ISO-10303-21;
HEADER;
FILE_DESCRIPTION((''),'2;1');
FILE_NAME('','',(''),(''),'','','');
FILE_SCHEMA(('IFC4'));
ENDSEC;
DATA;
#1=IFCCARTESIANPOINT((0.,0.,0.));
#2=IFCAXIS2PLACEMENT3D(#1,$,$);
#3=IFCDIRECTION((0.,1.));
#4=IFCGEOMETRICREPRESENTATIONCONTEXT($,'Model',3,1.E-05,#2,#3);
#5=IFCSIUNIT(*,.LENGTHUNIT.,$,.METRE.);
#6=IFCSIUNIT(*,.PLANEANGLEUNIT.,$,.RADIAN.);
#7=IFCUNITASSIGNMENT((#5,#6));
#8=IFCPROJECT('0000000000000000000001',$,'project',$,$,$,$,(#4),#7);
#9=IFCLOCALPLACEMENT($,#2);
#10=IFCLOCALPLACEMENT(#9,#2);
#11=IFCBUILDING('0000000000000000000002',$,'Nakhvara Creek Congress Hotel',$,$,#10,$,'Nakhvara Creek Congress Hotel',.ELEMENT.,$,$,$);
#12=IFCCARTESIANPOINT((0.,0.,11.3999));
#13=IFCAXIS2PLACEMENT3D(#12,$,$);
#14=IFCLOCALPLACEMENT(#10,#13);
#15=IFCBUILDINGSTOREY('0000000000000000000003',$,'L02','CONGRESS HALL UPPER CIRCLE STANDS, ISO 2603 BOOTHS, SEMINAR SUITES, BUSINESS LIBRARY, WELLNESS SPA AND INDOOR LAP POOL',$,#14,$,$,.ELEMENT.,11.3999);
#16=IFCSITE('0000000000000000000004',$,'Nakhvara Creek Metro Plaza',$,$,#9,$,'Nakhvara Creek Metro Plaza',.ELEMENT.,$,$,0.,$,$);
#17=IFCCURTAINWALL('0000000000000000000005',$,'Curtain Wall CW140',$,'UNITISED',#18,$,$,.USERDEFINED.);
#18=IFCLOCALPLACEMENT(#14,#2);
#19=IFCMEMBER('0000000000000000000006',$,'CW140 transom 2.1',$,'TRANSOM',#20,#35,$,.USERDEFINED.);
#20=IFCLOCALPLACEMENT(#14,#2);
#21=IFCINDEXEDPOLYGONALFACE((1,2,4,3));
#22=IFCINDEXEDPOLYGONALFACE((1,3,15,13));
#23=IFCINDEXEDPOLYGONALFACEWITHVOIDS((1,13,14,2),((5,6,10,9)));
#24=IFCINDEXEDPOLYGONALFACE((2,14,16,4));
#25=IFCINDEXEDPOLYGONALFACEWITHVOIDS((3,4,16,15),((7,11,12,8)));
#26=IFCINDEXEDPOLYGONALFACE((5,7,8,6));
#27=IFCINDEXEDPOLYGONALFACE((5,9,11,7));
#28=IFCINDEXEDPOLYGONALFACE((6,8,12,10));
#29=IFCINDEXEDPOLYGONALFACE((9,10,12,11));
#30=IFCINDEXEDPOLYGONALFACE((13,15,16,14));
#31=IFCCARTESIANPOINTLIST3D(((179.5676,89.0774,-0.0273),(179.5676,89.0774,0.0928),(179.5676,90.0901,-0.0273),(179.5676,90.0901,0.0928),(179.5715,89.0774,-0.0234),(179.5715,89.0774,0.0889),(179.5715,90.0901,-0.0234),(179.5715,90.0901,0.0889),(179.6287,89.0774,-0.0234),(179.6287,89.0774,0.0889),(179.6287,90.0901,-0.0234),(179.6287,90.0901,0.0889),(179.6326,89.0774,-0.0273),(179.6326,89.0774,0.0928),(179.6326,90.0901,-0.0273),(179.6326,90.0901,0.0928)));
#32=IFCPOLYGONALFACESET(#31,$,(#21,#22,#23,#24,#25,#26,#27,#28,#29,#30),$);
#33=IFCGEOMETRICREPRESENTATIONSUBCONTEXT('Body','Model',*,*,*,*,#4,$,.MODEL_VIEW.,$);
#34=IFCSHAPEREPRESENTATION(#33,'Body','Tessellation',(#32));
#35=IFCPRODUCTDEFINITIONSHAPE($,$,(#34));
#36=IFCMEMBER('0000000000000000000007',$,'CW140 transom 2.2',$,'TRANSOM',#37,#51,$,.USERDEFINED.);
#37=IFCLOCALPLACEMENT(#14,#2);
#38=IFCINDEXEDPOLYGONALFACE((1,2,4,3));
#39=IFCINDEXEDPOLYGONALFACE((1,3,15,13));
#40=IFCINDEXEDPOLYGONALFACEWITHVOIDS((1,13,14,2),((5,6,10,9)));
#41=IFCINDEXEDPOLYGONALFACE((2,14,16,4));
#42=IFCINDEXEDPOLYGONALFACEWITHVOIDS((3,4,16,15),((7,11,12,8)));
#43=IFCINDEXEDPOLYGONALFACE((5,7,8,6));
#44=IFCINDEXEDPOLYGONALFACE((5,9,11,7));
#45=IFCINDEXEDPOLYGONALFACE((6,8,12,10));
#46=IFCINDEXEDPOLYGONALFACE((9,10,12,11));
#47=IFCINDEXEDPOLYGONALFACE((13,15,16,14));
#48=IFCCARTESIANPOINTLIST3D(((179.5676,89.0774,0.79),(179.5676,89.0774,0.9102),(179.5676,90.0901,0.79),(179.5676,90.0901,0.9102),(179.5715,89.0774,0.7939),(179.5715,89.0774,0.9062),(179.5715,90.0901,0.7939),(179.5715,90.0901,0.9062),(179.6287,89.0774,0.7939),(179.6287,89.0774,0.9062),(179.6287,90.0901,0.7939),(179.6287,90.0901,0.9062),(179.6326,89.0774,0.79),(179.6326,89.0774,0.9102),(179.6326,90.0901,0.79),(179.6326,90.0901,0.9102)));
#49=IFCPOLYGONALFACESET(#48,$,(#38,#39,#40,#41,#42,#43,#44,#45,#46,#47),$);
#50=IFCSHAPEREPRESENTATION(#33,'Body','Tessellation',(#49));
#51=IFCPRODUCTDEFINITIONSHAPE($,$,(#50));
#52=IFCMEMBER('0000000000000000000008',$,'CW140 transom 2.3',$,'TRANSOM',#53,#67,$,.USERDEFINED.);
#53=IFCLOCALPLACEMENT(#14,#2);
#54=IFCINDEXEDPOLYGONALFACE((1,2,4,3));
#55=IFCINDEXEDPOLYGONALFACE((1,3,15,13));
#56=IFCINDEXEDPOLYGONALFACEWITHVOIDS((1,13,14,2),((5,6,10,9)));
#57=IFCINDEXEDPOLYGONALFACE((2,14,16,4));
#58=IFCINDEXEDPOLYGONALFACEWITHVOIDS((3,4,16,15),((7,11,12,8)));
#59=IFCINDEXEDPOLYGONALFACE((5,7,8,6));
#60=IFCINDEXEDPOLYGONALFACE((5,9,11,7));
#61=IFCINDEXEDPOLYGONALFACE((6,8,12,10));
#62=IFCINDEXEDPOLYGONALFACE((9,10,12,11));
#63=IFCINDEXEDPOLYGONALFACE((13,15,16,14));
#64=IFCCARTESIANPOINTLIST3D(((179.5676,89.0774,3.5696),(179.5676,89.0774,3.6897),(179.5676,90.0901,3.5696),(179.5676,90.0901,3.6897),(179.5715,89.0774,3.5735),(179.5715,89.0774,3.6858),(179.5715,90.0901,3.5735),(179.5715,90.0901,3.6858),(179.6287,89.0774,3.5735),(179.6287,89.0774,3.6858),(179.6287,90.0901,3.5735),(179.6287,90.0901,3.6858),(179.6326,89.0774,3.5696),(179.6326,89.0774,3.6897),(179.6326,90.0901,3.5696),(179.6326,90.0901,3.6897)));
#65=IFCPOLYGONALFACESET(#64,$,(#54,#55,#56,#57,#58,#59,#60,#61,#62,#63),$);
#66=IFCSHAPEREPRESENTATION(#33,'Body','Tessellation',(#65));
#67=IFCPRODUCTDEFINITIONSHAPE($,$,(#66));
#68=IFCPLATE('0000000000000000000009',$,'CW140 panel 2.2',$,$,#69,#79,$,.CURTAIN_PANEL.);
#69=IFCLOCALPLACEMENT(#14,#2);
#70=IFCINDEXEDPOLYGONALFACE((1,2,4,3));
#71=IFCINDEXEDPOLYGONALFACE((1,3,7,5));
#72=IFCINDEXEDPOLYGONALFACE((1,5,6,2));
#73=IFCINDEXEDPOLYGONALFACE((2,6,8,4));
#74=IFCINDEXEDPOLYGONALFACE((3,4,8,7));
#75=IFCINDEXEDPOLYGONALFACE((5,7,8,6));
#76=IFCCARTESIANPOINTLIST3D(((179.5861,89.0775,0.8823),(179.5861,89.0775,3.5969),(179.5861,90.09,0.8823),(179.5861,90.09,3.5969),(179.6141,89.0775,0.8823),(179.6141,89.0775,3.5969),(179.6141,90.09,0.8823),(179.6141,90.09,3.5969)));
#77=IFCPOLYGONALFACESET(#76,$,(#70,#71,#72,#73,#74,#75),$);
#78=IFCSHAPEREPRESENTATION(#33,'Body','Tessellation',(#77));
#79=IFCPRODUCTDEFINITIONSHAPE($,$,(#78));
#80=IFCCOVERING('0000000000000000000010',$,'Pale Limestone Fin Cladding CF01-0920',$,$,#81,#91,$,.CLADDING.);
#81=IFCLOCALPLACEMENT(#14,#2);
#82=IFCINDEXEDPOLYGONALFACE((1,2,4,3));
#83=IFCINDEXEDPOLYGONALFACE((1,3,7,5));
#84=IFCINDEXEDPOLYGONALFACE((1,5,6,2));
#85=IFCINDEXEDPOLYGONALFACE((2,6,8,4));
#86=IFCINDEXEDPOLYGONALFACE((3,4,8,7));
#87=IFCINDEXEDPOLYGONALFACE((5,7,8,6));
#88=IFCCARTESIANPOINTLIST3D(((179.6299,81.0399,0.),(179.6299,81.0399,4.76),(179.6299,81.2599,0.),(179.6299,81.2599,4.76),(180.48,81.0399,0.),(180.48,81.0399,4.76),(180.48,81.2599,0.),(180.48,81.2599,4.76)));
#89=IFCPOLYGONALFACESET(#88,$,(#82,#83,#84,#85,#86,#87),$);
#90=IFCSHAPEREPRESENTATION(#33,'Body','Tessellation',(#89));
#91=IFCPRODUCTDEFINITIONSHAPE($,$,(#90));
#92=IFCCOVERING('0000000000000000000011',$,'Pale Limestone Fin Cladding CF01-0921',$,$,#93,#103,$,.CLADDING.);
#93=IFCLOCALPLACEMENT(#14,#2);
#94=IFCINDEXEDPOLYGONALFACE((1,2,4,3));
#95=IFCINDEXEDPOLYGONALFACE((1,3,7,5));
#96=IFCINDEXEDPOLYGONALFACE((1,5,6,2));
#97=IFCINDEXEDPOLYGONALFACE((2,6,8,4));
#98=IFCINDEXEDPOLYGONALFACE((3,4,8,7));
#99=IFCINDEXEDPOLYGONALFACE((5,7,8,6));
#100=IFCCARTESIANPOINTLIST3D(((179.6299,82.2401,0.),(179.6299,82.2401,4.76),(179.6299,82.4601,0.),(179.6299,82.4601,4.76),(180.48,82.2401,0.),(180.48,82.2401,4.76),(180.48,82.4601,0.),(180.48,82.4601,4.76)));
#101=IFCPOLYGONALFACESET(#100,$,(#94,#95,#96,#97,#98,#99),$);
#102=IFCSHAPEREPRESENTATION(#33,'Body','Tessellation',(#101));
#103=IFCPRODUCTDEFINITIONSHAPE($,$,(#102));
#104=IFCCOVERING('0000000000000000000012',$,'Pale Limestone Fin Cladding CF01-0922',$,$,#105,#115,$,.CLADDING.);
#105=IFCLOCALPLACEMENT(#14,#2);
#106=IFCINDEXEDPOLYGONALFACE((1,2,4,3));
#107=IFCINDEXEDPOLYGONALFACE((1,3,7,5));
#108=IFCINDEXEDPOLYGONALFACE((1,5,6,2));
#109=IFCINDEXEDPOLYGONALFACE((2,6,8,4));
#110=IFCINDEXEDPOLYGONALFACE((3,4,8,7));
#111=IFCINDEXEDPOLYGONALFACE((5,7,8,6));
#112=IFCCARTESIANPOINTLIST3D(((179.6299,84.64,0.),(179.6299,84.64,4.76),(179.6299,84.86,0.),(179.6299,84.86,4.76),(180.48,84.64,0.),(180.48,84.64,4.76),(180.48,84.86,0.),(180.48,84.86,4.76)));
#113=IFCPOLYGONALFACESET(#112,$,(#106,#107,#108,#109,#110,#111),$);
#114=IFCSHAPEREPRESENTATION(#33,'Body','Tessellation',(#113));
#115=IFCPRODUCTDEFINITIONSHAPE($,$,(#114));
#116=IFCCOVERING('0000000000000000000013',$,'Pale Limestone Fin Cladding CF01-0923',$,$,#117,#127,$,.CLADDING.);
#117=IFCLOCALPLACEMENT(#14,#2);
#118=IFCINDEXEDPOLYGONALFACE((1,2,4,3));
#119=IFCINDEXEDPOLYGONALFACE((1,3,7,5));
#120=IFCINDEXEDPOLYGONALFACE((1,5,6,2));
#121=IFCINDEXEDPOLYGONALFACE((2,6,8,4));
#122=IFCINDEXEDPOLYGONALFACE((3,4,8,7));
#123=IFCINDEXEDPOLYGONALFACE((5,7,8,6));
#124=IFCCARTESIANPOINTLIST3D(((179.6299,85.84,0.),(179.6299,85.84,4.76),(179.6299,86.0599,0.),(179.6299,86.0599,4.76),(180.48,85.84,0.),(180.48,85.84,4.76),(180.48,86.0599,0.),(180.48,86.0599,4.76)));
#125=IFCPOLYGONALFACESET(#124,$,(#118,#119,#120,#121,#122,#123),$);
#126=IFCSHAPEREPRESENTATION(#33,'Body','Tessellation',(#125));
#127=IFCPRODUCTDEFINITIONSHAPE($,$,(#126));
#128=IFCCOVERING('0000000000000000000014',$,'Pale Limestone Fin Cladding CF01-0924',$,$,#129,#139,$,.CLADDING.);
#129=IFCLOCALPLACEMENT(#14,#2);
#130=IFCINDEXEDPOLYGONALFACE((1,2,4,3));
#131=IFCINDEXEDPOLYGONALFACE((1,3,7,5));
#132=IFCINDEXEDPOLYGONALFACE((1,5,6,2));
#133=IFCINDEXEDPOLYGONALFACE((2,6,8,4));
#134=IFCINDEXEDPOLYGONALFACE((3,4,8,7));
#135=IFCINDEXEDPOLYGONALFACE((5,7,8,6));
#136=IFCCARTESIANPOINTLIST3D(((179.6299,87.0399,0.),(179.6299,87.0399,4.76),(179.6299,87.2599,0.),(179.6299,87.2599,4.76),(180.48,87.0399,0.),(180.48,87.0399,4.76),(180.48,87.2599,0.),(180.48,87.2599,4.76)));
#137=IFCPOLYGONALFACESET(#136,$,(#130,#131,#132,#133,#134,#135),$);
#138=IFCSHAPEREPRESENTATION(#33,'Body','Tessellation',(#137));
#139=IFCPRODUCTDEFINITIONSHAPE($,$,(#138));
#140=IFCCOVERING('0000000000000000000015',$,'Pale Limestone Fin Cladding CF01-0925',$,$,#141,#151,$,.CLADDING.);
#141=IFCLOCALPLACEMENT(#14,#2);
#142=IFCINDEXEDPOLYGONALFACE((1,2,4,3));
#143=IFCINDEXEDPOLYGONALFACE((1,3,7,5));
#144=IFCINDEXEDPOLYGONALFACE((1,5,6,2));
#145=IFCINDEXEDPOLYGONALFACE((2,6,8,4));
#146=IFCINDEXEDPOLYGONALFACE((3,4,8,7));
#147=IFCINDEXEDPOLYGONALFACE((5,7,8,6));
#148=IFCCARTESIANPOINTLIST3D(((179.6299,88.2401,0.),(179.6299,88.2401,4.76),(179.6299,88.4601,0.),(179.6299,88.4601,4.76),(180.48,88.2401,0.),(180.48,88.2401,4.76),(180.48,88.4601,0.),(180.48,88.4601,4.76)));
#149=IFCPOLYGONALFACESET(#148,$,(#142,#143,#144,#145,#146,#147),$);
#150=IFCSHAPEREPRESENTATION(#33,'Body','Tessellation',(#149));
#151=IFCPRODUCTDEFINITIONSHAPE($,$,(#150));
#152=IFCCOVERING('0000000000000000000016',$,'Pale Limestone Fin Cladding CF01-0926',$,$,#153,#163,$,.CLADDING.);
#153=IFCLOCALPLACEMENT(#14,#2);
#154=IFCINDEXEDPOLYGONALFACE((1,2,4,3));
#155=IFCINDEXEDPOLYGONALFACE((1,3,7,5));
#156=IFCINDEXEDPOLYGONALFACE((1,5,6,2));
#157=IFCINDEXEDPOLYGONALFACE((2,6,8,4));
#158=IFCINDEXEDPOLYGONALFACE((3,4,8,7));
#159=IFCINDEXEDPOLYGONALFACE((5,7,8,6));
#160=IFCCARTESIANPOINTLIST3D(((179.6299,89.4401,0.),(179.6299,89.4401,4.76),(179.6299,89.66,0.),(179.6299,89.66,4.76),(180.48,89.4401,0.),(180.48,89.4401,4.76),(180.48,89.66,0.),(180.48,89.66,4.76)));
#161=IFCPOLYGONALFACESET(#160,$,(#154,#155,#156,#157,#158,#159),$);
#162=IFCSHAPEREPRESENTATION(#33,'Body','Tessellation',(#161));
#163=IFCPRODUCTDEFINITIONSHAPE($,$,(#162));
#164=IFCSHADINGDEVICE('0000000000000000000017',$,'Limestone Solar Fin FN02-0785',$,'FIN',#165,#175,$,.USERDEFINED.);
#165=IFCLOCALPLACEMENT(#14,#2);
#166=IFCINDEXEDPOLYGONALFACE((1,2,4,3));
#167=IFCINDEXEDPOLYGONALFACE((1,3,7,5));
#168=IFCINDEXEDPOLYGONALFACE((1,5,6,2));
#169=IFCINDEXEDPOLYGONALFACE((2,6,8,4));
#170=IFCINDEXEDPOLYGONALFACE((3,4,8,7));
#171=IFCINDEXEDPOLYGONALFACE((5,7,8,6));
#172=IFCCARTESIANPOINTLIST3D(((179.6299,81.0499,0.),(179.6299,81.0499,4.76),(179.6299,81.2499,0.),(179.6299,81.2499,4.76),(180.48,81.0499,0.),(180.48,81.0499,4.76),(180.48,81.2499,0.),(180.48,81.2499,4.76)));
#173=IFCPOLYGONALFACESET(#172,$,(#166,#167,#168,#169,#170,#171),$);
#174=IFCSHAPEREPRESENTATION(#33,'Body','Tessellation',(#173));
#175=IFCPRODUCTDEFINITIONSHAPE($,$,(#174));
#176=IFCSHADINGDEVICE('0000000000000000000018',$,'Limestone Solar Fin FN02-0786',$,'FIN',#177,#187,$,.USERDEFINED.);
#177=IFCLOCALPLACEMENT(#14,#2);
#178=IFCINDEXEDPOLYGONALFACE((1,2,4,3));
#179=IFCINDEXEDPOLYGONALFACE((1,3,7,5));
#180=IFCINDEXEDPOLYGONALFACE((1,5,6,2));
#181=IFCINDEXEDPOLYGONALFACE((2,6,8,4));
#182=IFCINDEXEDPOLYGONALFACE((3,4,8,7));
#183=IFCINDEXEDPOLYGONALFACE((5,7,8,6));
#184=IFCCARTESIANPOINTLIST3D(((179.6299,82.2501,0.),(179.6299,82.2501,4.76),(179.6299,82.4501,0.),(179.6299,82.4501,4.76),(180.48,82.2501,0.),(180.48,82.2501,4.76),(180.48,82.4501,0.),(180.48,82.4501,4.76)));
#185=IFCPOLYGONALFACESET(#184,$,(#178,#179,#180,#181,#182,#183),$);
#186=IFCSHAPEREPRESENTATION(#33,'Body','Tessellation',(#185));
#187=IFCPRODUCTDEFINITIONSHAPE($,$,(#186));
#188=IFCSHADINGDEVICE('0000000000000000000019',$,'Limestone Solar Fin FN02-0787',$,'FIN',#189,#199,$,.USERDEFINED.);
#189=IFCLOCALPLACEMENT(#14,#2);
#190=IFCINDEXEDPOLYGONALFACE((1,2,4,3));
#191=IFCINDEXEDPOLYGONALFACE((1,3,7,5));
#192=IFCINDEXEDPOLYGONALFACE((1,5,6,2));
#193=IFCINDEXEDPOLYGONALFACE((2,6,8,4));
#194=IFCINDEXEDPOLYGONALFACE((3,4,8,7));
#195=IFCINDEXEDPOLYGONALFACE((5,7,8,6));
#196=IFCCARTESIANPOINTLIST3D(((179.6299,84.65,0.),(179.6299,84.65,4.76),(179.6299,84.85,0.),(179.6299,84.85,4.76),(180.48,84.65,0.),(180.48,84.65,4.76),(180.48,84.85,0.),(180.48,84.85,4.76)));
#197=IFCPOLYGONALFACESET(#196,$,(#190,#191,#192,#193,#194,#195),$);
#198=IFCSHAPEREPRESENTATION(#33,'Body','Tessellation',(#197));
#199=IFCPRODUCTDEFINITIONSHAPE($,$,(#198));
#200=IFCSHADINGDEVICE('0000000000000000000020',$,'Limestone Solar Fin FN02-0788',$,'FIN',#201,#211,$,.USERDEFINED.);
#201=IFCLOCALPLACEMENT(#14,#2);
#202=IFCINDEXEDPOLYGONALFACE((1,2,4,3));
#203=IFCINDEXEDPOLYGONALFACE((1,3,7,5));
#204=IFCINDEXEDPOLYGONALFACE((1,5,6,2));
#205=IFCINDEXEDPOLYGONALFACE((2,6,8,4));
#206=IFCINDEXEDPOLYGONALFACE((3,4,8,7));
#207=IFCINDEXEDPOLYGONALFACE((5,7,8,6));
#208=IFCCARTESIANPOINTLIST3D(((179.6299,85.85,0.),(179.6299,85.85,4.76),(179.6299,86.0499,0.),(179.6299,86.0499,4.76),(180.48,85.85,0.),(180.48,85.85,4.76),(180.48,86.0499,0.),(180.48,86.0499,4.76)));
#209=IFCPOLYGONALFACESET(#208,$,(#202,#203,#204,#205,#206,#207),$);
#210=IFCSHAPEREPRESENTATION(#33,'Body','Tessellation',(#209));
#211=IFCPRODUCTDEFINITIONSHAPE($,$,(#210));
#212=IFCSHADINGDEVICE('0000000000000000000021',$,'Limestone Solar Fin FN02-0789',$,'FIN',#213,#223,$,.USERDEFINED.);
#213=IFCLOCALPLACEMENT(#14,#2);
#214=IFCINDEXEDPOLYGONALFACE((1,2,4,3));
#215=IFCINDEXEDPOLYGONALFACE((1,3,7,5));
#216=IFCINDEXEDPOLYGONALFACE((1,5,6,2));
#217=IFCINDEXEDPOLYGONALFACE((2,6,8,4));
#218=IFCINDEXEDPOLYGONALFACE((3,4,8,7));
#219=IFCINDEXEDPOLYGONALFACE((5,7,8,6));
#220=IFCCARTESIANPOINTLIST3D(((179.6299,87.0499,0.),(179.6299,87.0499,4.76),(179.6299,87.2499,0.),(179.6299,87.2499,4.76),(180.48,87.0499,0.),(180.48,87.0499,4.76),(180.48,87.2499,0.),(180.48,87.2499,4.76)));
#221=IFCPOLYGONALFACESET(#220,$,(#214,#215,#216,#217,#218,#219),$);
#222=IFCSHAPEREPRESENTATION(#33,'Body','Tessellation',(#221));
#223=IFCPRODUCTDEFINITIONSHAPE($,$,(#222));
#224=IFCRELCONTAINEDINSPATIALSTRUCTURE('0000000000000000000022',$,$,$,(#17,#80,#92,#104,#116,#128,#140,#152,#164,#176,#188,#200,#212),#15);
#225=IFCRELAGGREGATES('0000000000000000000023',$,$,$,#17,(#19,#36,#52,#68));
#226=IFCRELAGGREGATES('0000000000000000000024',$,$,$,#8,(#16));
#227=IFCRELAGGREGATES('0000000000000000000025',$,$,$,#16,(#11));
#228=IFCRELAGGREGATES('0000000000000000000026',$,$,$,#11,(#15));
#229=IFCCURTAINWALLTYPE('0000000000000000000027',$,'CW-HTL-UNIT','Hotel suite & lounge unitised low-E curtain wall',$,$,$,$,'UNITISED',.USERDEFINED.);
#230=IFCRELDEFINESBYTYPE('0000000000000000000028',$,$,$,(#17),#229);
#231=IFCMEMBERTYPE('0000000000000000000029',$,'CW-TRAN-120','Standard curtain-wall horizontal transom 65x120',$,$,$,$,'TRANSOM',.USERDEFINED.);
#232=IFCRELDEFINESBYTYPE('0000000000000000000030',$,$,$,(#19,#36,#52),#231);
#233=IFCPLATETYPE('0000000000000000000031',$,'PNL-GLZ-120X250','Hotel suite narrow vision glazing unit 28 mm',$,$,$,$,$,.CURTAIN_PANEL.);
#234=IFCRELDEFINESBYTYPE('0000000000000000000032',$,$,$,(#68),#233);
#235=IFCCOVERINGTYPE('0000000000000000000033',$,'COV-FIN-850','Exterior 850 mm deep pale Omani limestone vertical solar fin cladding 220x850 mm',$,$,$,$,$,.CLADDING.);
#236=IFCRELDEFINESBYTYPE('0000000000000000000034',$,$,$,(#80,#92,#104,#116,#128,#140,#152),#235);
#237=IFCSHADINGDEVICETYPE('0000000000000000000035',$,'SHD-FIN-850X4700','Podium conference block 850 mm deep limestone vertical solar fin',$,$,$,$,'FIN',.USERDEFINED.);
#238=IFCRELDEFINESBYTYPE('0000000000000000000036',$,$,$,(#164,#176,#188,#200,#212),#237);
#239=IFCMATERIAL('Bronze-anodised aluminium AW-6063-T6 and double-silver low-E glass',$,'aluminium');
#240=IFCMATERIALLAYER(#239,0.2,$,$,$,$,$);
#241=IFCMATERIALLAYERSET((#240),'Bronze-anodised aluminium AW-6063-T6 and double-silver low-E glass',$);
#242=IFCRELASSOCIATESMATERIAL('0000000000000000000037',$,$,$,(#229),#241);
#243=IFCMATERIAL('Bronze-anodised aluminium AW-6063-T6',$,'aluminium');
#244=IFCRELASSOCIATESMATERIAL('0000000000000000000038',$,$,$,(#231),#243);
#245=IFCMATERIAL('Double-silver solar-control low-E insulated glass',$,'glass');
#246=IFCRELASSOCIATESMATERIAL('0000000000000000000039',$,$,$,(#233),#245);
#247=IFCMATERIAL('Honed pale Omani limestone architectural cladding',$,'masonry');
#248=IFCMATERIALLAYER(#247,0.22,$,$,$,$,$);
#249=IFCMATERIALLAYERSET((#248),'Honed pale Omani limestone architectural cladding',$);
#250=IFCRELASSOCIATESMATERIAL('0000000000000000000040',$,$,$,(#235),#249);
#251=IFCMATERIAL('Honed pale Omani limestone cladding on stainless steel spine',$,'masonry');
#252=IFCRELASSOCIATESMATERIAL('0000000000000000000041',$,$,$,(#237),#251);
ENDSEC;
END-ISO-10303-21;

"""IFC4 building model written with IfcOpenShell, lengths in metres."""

from ifc_helpers import new_model, si_unit, direction, frame, origin, origin_2d, place, context, subcontext, project, spatial, rectangle, hollow_rectangle, extrude, material, layer, layer_set, material_profile, profile_set, type_object, element, aggregate, save


model = new_model("IFC4")

# Units and contexts
model_context = context("Model", 3, precision=1e-05, world=origin(), true_north=direction((0.0, 1.0)))
body_context = subcontext(model_context, "Body", "Model", "MODEL_VIEW")
ifc_project = project(units=[si_unit("LENGTHUNIT", "METRE"), si_unit("PLANEANGLEUNIT", "RADIAN")], contexts=[model_context])

# Site, building, storey
site_placement = place(None, origin())
site = spatial("IfcSite", under=ifc_project, at=site_placement, Name="Nakhvara Creek Metro Plaza", LongName="Nakhvara Creek Metro Plaza", CompositionType="ELEMENT", RefElevation=0.0)
building_placement = place(site_placement, origin())
building = spatial("IfcBuilding", under=site, at=building_placement, Name="Nakhvara Creek Congress Hotel", LongName="Nakhvara Creek Congress Hotel", CompositionType="ELEMENT")
storey_placement = place(building_placement, frame((0.0, 0.0, 11.3999)))
storey = spatial("IfcBuildingStorey", under=building, at=storey_placement, Name="L02", Description="CONGRESS HALL UPPER CIRCLE STANDS, ISO 2603 BOOTHS, SEMINAR SUITES, BUSINESS LIBRARY, WELLNESS SPA AND INDOOR LAP POOL", CompositionType="ELEMENT", Elevation=11.3999)

# Curtain wall, members, plate
ifc_material_1 = material(Name="Bronze-anodised aluminium AW-6063-T6 and double-silver low-E glass", Category="aluminium")
ifc_layer_1 = layer(ifc_material_1, 0.2)
ifc_layer_set_1 = layer_set([ifc_layer_1], Name="Bronze-anodised aluminium AW-6063-T6 and double-silver low-E glass")
curtain_wall_type = type_object("IfcCurtainWallType", Name="CW-HTL-UNIT", Description="Hotel suite & lounge unitised low-E curtain wall", ElementType="UNITISED", PredefinedType="USERDEFINED", material=ifc_layer_set_1)
curtain_wall_placement = place(storey_placement, origin())
curtain_wall = element("IfcCurtainWall", 1, at=curtain_wall_placement, inside=storey, type_object=curtain_wall_type, Name="Curtain Wall CW140", ObjectType="UNITISED", PredefinedType="USERDEFINED")
ifc_material_2 = material(Name="Bronze-anodised aluminium AW-6063-T6", Category="aluminium")
ifc_material_profile = material_profile(ifc_material_2, hollow_rectangle(XDim=0.0649, YDim=0.1201, WallThickness=0.0039, at=origin_2d()), Name="ALU-TRAN 65x120x4", Category="LoadBearing")
ifc_profile_set = profile_set([ifc_material_profile], Name="Bronze-anodised aluminium AW-6063-T6")
member_type = type_object("IfcMemberType", Name="CW-TRAN-120", Description="Standard curtain-wall horizontal transom 65x120", ElementType="TRANSOM", PredefinedType="USERDEFINED", material=ifc_profile_set)
member_1_placement = place(storey_placement, frame((179.6001, 90.0901, 0.0327), z_axis=(0.0, -1.0, 0.0), x_axis=(1.0, 0.0, 0.0)))
member_1 = element("IfcMember", 2, at=member_1_placement, type_object=member_type, Name="CW140 transom 2.1", ObjectType="TRANSOM", PredefinedType="USERDEFINED", context=body_context, shape_type="SweptSolid", body=[
    extrude(hollow_rectangle(XDim=0.0649, YDim=0.1201, WallThickness=0.0039, at=origin_2d()), origin(), (0.0, 0.0, 1.0), 1.0127),
])
member_2_placement = place(storey_placement, frame((179.6001, 90.0901, 0.8501), z_axis=(0.0, -1.0, 0.0), x_axis=(1.0, 0.0, 0.0)))
member_2 = element("IfcMember", 3, at=member_2_placement, type_object=member_type, Name="CW140 transom 2.2", ObjectType="TRANSOM", PredefinedType="USERDEFINED", context=body_context, shape_type="SweptSolid", body=[
    extrude(hollow_rectangle(XDim=0.0649, YDim=0.1201, WallThickness=0.0039, at=origin_2d()), origin(), (0.0, 0.0, 1.0), 1.0127),
])
member_3_placement = place(storey_placement, frame((179.6001, 90.0901, 3.6296), z_axis=(0.0, -1.0, 0.0), x_axis=(1.0, 0.0, 0.0)))
member_3 = element("IfcMember", 4, at=member_3_placement, type_object=member_type, Name="CW140 transom 2.3", ObjectType="TRANSOM", PredefinedType="USERDEFINED", context=body_context, shape_type="SweptSolid", body=[
    extrude(hollow_rectangle(XDim=0.0649, YDim=0.1201, WallThickness=0.0039, at=origin_2d()), origin(), (0.0, 0.0, 1.0), 1.0127),
])
ifc_material_3 = material(Name="Double-silver solar-control low-E insulated glass", Category="glass")
plate_type = type_object("IfcPlateType", Name="PNL-GLZ-120X250", Description="Hotel suite narrow vision glazing unit 28 mm", PredefinedType="CURTAIN_PANEL", material=ifc_material_3)
plate_placement = place(storey_placement, frame((179.6001, 89.5837, 0.8823), z_axis=(0.0, 0.0, 1.0), x_axis=(0.0, -1.0, 0.0)))
plate = element("IfcPlate", 5, at=plate_placement, type_object=plate_type, Name="CW140 panel 2.2", PredefinedType="CURTAIN_PANEL", context=body_context, shape_type="SweptSolid", body=[
    extrude(rectangle(XDim=1.0125, YDim=0.0281, at=origin_2d()), origin(), (0.0, 0.0, 1.0), 2.7146),
])
aggregate(curtain_wall, [member_1, member_2, member_3, plate])

# Coverings
ifc_material_4 = material(Name="Honed pale Omani limestone architectural cladding", Category="masonry")
ifc_layer_2 = layer(ifc_material_4, 0.22)
ifc_layer_set_2 = layer_set([ifc_layer_2], Name="Honed pale Omani limestone architectural cladding")
covering_type = type_object("IfcCoveringType", Name="COV-FIN-850", Description="Exterior 850 mm deep pale Omani limestone vertical solar fin cladding 220x850 mm", PredefinedType="CLADDING", material=ifc_layer_set_2)
for number, where, z_axis, x_axis, name in (
    (6, (180.0549, 81.1499, 0.0), (0.0, 0.0, 1.0), (0.0, 1.0, 0.0), "Pale Limestone Fin Cladding CF01-0920"),
    (7, (180.0549, 82.3501, 0.0), (0.0, 0.0, 1.0), (0.0, 1.0, 0.0), "Pale Limestone Fin Cladding CF01-0921"),
    (8, (180.0549, 84.75, 0.0), (0.0, 0.0, 1.0), (0.0, 1.0, 0.0), "Pale Limestone Fin Cladding CF01-0922"),
    (9, (180.0549, 85.95, 0.0), (0.0, 0.0, 1.0), (0.0, 1.0, 0.0), "Pale Limestone Fin Cladding CF01-0923"),
    (10, (180.0549, 87.1499, 0.0), (0.0, 0.0, 1.0), (0.0, 1.0, 0.0), "Pale Limestone Fin Cladding CF01-0924"),
    (11, (180.0549, 88.3501, 0.0), (0.0, 0.0, 1.0), (0.0, 1.0, 0.0), "Pale Limestone Fin Cladding CF01-0925"),
    (12, (180.0549, 89.55, 0.0), (0.0, 0.0, 1.0), (0.0, 1.0, 0.0), "Pale Limestone Fin Cladding CF01-0926"),
):
    element("IfcCovering", number, at=place(storey_placement, frame(where, z_axis=z_axis, x_axis=x_axis)), inside=storey, type_object=covering_type, Name=name, PredefinedType="CLADDING", context=body_context, shape_type="SweptSolid", body=[
        extrude(rectangle(XDim=0.22, YDim=0.8501, at=origin_2d()), origin(), (0.0, 0.0, 1.0), 4.76),
    ])

# Shading devices
ifc_material_5 = material(Name="Honed pale Omani limestone cladding on stainless steel spine", Category="masonry")
shading_device_type = type_object("IfcShadingDeviceType", Name="SHD-FIN-850X4700", Description="Podium conference block 850 mm deep limestone vertical solar fin", ElementType="FIN", PredefinedType="USERDEFINED", material=ifc_material_5)
for number, where, z_axis, x_axis, name in (
    (13, (180.0549, 81.1499, 0.0), (0.0, 0.0, 1.0), (0.0, 1.0, 0.0), "Limestone Solar Fin FN02-0785"),
    (14, (180.0549, 82.3501, 0.0), (0.0, 0.0, 1.0), (0.0, 1.0, 0.0), "Limestone Solar Fin FN02-0786"),
    (15, (180.0549, 84.75, 0.0), (0.0, 0.0, 1.0), (0.0, 1.0, 0.0), "Limestone Solar Fin FN02-0787"),
    (16, (180.0549, 85.95, 0.0), (0.0, 0.0, 1.0), (0.0, 1.0, 0.0), "Limestone Solar Fin FN02-0788"),
    (17, (180.0549, 87.1499, 0.0), (0.0, 0.0, 1.0), (0.0, 1.0, 0.0), "Limestone Solar Fin FN02-0789"),
):
    element("IfcShadingDevice", number, at=place(storey_placement, frame(where, z_axis=z_axis, x_axis=x_axis)), inside=storey, type_object=shading_device_type, Name=name, ObjectType="FIN", PredefinedType="USERDEFINED", context=body_context, shape_type="SweptSolid", body=[
        extrude(rectangle(XDim=0.2, YDim=0.8501, at=origin_2d()), origin(), (0.0, 0.0, 1.0), 4.76),
    ])

save(model, "model.ifc")
